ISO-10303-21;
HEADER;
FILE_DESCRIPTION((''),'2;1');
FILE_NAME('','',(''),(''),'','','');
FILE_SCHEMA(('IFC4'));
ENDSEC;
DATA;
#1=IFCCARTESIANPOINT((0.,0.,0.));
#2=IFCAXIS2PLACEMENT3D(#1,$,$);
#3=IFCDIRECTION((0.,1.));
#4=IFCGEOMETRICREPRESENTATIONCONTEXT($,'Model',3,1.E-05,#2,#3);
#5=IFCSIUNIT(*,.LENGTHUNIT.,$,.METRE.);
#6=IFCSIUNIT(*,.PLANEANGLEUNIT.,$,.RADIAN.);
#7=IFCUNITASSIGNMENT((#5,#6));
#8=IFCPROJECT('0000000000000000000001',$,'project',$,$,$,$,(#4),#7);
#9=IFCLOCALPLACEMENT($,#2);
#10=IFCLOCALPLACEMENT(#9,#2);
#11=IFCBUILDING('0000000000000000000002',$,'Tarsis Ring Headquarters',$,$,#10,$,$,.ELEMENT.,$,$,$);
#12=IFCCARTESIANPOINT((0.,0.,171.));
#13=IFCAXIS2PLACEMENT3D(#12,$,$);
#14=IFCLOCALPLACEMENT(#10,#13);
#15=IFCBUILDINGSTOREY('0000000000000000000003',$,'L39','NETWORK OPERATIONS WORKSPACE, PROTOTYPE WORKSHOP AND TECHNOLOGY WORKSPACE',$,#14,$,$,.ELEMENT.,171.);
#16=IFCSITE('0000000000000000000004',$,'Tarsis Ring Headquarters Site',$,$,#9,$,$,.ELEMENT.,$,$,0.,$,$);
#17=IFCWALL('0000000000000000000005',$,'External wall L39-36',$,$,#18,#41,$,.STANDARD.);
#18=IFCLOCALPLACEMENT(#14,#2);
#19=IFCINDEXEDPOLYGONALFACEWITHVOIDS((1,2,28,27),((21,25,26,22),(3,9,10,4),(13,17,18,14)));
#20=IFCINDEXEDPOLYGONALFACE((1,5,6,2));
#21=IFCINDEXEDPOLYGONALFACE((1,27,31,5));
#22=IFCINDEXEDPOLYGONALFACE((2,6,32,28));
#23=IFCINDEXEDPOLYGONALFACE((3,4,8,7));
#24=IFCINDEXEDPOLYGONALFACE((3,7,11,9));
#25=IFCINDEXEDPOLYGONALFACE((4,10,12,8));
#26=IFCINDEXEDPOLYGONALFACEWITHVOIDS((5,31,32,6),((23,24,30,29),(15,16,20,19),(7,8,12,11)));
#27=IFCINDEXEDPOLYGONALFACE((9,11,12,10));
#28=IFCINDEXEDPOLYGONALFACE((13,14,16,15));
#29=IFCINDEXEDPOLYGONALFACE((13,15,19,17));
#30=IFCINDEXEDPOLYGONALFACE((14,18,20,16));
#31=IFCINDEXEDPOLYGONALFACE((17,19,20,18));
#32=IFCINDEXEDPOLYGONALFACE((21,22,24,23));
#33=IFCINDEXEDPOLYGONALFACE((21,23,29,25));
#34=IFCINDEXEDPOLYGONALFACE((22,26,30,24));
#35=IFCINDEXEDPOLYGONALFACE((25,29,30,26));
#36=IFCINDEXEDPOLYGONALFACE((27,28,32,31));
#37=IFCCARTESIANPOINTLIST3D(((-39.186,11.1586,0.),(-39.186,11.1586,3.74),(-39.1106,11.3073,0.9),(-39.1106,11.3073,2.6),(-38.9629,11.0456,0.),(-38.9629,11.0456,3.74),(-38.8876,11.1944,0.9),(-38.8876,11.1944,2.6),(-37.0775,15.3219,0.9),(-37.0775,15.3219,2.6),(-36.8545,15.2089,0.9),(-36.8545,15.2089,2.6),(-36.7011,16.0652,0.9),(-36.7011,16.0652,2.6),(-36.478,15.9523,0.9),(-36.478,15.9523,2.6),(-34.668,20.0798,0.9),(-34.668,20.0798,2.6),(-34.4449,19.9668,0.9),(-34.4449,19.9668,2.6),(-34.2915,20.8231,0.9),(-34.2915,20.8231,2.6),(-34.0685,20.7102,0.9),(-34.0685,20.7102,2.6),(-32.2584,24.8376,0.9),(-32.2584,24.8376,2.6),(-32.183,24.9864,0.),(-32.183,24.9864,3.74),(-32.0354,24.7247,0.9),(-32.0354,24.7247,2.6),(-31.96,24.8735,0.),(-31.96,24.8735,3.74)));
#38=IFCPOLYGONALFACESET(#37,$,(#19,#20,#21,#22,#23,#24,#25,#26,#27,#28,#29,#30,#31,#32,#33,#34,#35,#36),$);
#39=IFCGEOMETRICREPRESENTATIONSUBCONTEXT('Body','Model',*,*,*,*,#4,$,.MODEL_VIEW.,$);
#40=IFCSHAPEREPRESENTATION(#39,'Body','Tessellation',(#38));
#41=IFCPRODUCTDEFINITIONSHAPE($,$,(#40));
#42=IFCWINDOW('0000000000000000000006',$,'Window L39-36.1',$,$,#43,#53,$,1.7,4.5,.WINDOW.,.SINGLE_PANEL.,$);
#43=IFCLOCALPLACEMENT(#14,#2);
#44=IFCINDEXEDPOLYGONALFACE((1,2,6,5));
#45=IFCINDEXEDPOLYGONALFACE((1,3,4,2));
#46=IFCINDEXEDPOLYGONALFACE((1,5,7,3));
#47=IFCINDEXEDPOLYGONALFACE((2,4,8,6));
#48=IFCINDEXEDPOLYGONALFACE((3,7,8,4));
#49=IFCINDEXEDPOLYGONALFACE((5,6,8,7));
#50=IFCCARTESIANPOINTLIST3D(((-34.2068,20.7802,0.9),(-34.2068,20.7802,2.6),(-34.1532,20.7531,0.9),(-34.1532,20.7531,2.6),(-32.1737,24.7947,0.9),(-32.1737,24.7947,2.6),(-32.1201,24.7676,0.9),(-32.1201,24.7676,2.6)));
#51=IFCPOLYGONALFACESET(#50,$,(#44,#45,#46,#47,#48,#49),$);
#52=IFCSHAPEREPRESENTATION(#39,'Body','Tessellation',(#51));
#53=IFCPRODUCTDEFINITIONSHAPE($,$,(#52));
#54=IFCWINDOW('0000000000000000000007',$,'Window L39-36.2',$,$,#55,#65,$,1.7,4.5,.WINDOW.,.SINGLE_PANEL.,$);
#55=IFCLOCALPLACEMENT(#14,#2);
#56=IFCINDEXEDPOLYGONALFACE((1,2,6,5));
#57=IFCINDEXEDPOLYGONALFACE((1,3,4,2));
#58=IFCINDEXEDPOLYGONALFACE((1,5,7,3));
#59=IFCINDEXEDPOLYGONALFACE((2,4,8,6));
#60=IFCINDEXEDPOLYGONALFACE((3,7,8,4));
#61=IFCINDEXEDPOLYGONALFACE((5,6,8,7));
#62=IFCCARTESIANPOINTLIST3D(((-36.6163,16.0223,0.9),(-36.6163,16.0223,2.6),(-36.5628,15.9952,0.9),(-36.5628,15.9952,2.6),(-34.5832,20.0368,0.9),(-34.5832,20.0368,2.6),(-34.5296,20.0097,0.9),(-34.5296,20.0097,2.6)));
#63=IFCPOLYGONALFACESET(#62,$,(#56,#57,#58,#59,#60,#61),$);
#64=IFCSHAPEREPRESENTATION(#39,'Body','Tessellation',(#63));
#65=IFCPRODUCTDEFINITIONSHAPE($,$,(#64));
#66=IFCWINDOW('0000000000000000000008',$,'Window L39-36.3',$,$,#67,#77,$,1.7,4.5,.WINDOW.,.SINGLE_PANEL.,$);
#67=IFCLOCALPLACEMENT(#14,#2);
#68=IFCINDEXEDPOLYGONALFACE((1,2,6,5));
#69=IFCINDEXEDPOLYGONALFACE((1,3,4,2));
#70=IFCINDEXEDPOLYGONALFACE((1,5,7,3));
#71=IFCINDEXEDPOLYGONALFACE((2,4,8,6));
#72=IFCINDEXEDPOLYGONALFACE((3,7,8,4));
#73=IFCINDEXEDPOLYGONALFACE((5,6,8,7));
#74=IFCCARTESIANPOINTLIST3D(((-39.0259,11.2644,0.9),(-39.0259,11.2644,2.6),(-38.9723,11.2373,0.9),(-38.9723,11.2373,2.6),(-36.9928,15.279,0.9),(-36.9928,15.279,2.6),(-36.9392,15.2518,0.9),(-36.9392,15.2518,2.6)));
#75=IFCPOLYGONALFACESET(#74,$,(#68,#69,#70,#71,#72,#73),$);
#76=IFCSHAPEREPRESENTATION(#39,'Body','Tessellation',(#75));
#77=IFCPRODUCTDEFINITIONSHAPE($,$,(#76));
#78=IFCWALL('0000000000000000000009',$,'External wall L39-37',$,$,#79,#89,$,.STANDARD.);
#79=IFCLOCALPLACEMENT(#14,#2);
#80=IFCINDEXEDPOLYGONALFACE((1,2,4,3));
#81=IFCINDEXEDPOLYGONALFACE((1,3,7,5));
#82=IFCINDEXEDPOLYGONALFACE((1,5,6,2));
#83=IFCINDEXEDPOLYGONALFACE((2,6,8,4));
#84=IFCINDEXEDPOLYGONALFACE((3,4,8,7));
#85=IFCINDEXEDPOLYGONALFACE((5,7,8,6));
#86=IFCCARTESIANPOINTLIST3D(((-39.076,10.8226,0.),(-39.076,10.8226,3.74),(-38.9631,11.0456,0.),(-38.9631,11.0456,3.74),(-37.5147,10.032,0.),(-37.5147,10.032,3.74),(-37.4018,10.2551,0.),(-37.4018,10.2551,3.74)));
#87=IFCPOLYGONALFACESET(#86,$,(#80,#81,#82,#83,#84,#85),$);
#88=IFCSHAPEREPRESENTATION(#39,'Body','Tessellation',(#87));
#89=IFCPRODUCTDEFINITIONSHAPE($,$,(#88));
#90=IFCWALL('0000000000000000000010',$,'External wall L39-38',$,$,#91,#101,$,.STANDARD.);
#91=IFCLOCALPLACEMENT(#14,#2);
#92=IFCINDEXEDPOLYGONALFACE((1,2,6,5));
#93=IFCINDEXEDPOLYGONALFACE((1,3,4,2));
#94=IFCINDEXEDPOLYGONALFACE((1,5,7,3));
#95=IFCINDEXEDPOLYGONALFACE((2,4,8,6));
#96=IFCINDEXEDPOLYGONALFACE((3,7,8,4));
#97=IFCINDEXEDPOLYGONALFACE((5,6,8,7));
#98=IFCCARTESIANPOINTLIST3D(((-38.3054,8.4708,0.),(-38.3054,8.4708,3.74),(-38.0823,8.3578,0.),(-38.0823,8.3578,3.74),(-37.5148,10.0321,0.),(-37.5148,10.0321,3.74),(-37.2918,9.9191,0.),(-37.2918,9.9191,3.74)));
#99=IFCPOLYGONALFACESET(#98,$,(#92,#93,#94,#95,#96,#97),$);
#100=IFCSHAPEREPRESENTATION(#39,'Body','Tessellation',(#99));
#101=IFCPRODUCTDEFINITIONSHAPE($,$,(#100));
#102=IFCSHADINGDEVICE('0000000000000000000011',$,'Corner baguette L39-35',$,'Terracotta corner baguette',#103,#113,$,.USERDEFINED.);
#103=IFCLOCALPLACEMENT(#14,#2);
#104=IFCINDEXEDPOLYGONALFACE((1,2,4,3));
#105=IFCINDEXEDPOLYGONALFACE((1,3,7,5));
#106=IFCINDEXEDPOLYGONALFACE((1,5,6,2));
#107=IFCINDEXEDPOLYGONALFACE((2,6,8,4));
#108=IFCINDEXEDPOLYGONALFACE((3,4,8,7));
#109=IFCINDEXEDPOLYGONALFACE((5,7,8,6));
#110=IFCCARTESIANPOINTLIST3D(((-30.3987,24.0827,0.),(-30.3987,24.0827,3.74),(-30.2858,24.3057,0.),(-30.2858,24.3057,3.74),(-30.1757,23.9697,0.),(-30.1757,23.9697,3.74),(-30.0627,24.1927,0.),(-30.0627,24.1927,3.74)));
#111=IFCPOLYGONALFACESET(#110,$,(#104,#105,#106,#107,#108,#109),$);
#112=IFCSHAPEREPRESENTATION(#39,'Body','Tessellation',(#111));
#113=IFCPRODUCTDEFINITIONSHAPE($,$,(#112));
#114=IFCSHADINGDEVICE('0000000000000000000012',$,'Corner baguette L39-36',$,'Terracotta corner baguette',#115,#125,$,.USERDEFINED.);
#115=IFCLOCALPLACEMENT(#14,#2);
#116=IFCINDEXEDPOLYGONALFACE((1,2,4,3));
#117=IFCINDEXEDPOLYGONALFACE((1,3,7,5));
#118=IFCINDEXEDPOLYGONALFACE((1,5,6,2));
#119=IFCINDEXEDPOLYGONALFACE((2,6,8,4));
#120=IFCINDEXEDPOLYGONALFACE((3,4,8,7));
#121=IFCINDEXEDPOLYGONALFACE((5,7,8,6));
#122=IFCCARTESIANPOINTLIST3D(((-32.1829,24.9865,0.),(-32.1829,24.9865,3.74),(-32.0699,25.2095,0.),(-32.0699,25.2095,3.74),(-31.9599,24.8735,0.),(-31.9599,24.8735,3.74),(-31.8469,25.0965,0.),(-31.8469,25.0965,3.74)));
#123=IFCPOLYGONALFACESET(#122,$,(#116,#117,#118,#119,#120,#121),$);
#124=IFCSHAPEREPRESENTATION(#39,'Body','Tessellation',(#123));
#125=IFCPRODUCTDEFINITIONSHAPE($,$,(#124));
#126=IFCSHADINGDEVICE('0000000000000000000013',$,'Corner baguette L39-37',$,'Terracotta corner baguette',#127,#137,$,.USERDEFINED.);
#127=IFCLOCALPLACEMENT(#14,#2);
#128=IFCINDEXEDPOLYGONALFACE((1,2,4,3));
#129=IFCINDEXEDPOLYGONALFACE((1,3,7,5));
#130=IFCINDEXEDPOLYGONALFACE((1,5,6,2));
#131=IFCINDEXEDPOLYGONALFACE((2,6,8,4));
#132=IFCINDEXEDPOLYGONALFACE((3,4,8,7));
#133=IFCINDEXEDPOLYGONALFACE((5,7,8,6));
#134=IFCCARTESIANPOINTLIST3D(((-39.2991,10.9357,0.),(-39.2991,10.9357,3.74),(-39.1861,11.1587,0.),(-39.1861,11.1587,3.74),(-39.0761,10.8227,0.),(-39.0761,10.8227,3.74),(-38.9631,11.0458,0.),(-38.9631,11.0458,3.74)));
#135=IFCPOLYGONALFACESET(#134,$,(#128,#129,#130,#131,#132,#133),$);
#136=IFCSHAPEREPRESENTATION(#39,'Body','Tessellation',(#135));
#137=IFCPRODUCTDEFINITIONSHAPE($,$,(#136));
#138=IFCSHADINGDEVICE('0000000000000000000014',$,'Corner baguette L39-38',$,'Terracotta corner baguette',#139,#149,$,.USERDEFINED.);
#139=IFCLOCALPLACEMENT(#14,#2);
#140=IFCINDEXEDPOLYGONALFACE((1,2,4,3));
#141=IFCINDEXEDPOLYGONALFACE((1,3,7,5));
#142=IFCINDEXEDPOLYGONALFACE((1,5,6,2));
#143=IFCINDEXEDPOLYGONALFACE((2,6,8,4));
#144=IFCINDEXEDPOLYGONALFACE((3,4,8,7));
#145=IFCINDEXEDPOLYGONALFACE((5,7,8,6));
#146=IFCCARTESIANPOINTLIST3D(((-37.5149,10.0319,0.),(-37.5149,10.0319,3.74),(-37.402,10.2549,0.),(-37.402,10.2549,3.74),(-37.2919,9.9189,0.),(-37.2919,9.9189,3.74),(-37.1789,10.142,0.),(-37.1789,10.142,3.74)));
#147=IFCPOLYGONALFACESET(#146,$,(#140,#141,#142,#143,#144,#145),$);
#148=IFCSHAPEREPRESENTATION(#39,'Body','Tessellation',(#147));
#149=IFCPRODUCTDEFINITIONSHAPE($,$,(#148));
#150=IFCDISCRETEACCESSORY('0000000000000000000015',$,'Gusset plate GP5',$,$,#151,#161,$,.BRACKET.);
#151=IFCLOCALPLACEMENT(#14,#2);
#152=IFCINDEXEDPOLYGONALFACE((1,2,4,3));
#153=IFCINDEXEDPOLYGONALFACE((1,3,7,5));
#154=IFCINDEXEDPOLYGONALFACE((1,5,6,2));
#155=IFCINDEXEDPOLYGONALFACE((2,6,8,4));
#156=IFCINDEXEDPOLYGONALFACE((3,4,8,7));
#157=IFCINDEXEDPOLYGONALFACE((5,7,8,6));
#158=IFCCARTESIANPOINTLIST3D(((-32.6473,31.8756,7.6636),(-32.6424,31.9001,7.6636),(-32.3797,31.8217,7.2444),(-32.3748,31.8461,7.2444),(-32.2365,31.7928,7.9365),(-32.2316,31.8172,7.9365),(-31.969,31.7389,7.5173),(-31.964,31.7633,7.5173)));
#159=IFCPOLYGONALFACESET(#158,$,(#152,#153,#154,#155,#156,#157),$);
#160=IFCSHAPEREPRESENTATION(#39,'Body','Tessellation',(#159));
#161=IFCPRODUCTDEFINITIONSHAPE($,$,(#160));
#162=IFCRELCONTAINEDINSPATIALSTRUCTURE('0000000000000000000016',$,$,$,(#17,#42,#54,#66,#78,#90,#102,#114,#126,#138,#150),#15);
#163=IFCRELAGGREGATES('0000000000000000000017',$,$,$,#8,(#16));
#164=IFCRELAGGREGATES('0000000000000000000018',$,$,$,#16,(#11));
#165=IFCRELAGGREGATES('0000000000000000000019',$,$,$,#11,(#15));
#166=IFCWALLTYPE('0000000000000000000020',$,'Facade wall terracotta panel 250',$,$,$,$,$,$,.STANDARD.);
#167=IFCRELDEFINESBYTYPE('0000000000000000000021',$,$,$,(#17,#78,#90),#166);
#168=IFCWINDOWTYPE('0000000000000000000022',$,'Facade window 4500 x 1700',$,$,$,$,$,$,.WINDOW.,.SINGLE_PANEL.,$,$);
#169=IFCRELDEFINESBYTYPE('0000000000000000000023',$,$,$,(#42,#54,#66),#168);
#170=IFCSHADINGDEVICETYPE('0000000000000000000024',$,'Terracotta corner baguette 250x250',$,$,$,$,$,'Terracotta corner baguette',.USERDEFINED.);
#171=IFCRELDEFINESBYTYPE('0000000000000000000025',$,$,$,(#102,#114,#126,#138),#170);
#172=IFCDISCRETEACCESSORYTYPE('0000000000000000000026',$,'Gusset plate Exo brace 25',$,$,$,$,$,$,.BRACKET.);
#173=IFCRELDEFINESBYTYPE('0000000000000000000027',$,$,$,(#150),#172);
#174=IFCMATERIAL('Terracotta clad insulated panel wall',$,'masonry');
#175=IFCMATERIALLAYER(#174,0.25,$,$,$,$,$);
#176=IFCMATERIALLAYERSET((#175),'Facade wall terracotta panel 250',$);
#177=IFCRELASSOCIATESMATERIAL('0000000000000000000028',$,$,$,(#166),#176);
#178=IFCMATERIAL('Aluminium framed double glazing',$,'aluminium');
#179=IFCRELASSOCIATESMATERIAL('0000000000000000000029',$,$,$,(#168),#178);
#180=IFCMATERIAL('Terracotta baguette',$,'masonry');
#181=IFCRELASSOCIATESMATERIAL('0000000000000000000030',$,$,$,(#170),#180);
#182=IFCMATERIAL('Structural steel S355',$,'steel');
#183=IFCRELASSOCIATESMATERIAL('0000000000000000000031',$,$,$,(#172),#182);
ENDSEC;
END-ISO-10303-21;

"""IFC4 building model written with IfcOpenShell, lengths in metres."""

from ifc_helpers import new_model, si_unit, direction, frame, frame_2d, origin, origin_2d, place, context, subcontext, project, spatial, rectangle, extrude, material, layer, layer_set, material_profile, profile_set, type_object, element, fill, save


model = new_model("IFC4")

# Units and contexts
model_context = context("Model", 3, precision=1e-05, world=origin(), true_north=direction((0.0, 1.0)))
body_context = subcontext(model_context, "Body", "Model", "MODEL_VIEW")
ifc_project = project(units=[si_unit("LENGTHUNIT", "METRE"), si_unit("PLANEANGLEUNIT", "RADIAN")], contexts=[model_context])

# Site, building, storey
site_placement = place(None, origin())
site = spatial("IfcSite", under=ifc_project, at=site_placement, Name="Tarsis Ring Headquarters Site", CompositionType="ELEMENT", RefElevation=0.0)
building_placement = place(site_placement, origin())
building = spatial("IfcBuilding", under=site, at=building_placement, Name="Tarsis Ring Headquarters", CompositionType="ELEMENT")
storey_placement = place(building_placement, frame((0.0, 0.0, 171.0)))
storey = spatial("IfcBuildingStorey", under=building, at=storey_placement, Name="L39", Description="NETWORK OPERATIONS WORKSPACE, PROTOTYPE WORKSHOP AND TECHNOLOGY WORKSPACE", CompositionType="ELEMENT", Elevation=171.0)

# Shared definitions
ifc_material_1 = material(Name="Structural steel S355", Category="steel")

# Shared definitions
ifc_material_2 = material(Name="Terracotta clad insulated panel wall", Category="masonry")
ifc_layer_1 = layer(ifc_material_2, 0.25)
ifc_layer_set_1 = layer_set([ifc_layer_1], Name="Facade wall terracotta panel 250")
wall_type_1 = type_object("IfcWallType", Name="Facade wall terracotta panel 250", PredefinedType="STANDARD", material=ifc_layer_set_1)

# Wall, openings, windows
wall_1_placement = place(storey_placement, frame((-32.0715, 24.9299, 0.0), z_axis=(0.0, 0.0, 1.0), x_axis=(-0.451801, -0.892119, 0.0)))
wall_1 = element("IfcWall", 1, at=wall_1_placement, inside=storey, type_object=wall_type_1, Name="External wall L39-36", PredefinedType="STANDARD", context=body_context, shape_type="SweptSolid", body=[
    extrude(rectangle(XDim=15.5, YDim=0.25, at=frame_2d((7.75, 0.0))), origin(), (0.0, 0.0, 1.0), 3.74),
])
opening_1_placement = place(wall_1_placement, frame((0.1667, 0.0, 0.8999)))
opening_1 = element("IfcOpeningElement", 2, at=opening_1_placement, cuts=wall_1, PredefinedType="OPENING", context=body_context, shape_type="SweptSolid", body=[
    extrude(rectangle(XDim=4.5, YDim=1.7, at=frame_2d((2.25, 0.8501))), frame((0.0, 0.135, 0.0), z_axis=(0.0, -1.0, 0.0), x_axis=(1.0, 0.0, 0.0)), (0.0, 0.0, 1.0), 0.27),
])
opening_2_placement = place(wall_1_placement, frame((5.5, 0.0, 0.8999)))
opening_2 = element("IfcOpeningElement", 3, at=opening_2_placement, cuts=wall_1, PredefinedType="OPENING", context=body_context, shape_type="SweptSolid", body=[
    extrude(rectangle(XDim=4.5, YDim=1.7, at=frame_2d((2.25, 0.8501))), frame((0.0, 0.135, 0.0), z_axis=(0.0, -1.0, 0.0), x_axis=(1.0, 0.0, 0.0)), (0.0, 0.0, 1.0), 0.27),
])
opening_3_placement = place(wall_1_placement, frame((10.8333, 0.0, 0.8999)))
opening_3 = element("IfcOpeningElement", 4, at=opening_3_placement, cuts=wall_1, PredefinedType="OPENING", context=body_context, shape_type="SweptSolid", body=[
    extrude(rectangle(XDim=4.5, YDim=1.7, at=frame_2d((2.25, 0.8501))), frame((0.0, 0.135, 0.0), z_axis=(0.0, -1.0, 0.0), x_axis=(1.0, 0.0, 0.0)), (0.0, 0.0, 1.0), 0.27),
])
ifc_material_3 = material(Name="Aluminium framed double glazing", Category="aluminium")
window_type = type_object("IfcWindowType", Name="Facade window 4500 x 1700", PartitioningType="SINGLE_PANEL", PredefinedType="WINDOW", material=ifc_material_3)
window_1_placement = place(opening_1_placement, origin())
window_1 = element("IfcWindow", 5, at=window_1_placement, inside=storey, type_object=window_type, Name="Window L39-36.1", OverallHeight=1.7, OverallWidth=4.5, PartitioningType="SINGLE_PANEL", PredefinedType="WINDOW", context=body_context, shape_type="SweptSolid", body=[
    extrude(rectangle(XDim=4.5, YDim=1.7, at=frame_2d((2.25, 0.8501))), frame((0.0, 0.03, 0.0), z_axis=(0.0, -1.0, 0.0), x_axis=(1.0, 0.0, 0.0)), (0.0, 0.0, 1.0), 0.0601),
])
fill(opening_1, window_1)
window_2_placement = place(opening_2_placement, origin())
window_2 = element("IfcWindow", 6, at=window_2_placement, inside=storey, type_object=window_type, Name="Window L39-36.2", OverallHeight=1.7, OverallWidth=4.5, PartitioningType="SINGLE_PANEL", PredefinedType="WINDOW", context=body_context, shape_type="SweptSolid", body=[
    extrude(rectangle(XDim=4.5, YDim=1.7, at=frame_2d((2.25, 0.8501))), frame((0.0, 0.03, 0.0), z_axis=(0.0, -1.0, 0.0), x_axis=(1.0, 0.0, 0.0)), (0.0, 0.0, 1.0), 0.0601),
])
fill(opening_2, window_2)
window_3_placement = place(opening_3_placement, origin())
window_3 = element("IfcWindow", 7, at=window_3_placement, inside=storey, type_object=window_type, Name="Window L39-36.3", OverallHeight=1.7, OverallWidth=4.5, PartitioningType="SINGLE_PANEL", PredefinedType="WINDOW", context=body_context, shape_type="SweptSolid", body=[
    extrude(rectangle(XDim=4.5, YDim=1.7, at=frame_2d((2.25, 0.8501))), frame((0.0, 0.03, 0.0), z_axis=(0.0, -1.0, 0.0), x_axis=(1.0, 0.0, 0.0)), (0.0, 0.0, 1.0), 0.0601),
])
fill(opening_3, window_3)

# Walls
for number, where, z_axis, x_axis, name in (
    (8, (-39.0195, 10.9341, 0.0), (0.0, 0.0, 1.0), (0.892156, -0.451728, 0.0), "External wall L39-37"),
    (9, (-37.4033, 9.9756, 0.0), (0.0, 0.0, 1.0), (-0.451728, -0.892156, 0.0), "External wall L39-38"),
):
    element("IfcWall", number, at=place(storey_placement, frame(where, z_axis=z_axis, x_axis=x_axis)), inside=storey, type_object=wall_type_1, Name=name, PredefinedType="STANDARD", context=body_context, shape_type="SweptSolid", body=[
        extrude(rectangle(XDim=1.75, YDim=0.25, at=frame_2d((0.875, 0.0))), origin(), (0.0, 0.0, 1.0), 3.74),
    ])

# Shading devices
ifc_material_4 = material(Name="Terracotta baguette", Category="masonry")
shading_device_type_1 = type_object("IfcShadingDeviceType", Name="Terracotta corner baguette 250x250", ElementType="Terracotta corner baguette", PredefinedType="USERDEFINED", material=ifc_material_4)
for number, where, z_axis, x_axis, name in (
    (10, (-30.2307, 24.1377, 0.0), (0.0, 0.0, 1.0), (-0.451812, -0.892113, 0.0), "Corner baguette L39-35"),
    (11, (-32.0149, 25.0415, 0.0), (0.0, 0.0, 1.0), (-0.892113, 0.451812, 0.0), "Corner baguette L39-36"),
    (12, (-39.1311, 10.9907, 0.0), (0.0, 0.0, 1.0), (-0.451812, -0.892113, 0.0), "Corner baguette L39-37"),
    (13, (-37.3469, 10.0869, 0.0), (0.0, 0.0, 1.0), (0.892113, -0.451812, 0.0), "Corner baguette L39-38"),
):
    element("IfcShadingDevice", number, at=place(storey_placement, frame(where, z_axis=z_axis, x_axis=x_axis)), inside=storey, type_object=shading_device_type_1, Name=name, ObjectType="Terracotta corner baguette", PredefinedType="USERDEFINED", context=body_context, shape_type="SweptSolid", body=[
        extrude(rectangle(XDim=0.25, YDim=0.25, at=origin_2d()), origin(), (0.0, 0.0, 1.0), 3.74),
    ])

# Discrete accessory
ifc_material_profile_1 = material_profile(ifc_material_1, rectangle(XDim=0.0249, YDim=0.5, at=origin_2d()), Name="PL 25x500")
ifc_profile_set_1 = profile_set([ifc_material_profile_1], Name="Structural steel S355")
discrete_accessory_type = type_object("IfcDiscreteAccessoryType", Name="Gusset plate Exo brace 25", PredefinedType="BRACKET", material=ifc_profile_set_1)
discrete_accessory_placement = place(storey_placement, frame((-32.4395, 31.8464, 7.8), z_axis=(0.534911, -0.107861, -0.837995), x_axis=(0.197664, 0.98027, 0.0)))
element("IfcDiscreteAccessory", 14, at=discrete_accessory_placement, inside=storey, type_object=discrete_accessory_type, Name="Gusset plate GP5", PredefinedType="BRACKET", context=body_context, shape_type="SweptSolid", body=[
    extrude(rectangle(XDim=0.0249, YDim=0.5, at=origin_2d()), origin(), (0.0, 0.0, 1.0), 0.5002),
])

save(model, "model.ifc")
